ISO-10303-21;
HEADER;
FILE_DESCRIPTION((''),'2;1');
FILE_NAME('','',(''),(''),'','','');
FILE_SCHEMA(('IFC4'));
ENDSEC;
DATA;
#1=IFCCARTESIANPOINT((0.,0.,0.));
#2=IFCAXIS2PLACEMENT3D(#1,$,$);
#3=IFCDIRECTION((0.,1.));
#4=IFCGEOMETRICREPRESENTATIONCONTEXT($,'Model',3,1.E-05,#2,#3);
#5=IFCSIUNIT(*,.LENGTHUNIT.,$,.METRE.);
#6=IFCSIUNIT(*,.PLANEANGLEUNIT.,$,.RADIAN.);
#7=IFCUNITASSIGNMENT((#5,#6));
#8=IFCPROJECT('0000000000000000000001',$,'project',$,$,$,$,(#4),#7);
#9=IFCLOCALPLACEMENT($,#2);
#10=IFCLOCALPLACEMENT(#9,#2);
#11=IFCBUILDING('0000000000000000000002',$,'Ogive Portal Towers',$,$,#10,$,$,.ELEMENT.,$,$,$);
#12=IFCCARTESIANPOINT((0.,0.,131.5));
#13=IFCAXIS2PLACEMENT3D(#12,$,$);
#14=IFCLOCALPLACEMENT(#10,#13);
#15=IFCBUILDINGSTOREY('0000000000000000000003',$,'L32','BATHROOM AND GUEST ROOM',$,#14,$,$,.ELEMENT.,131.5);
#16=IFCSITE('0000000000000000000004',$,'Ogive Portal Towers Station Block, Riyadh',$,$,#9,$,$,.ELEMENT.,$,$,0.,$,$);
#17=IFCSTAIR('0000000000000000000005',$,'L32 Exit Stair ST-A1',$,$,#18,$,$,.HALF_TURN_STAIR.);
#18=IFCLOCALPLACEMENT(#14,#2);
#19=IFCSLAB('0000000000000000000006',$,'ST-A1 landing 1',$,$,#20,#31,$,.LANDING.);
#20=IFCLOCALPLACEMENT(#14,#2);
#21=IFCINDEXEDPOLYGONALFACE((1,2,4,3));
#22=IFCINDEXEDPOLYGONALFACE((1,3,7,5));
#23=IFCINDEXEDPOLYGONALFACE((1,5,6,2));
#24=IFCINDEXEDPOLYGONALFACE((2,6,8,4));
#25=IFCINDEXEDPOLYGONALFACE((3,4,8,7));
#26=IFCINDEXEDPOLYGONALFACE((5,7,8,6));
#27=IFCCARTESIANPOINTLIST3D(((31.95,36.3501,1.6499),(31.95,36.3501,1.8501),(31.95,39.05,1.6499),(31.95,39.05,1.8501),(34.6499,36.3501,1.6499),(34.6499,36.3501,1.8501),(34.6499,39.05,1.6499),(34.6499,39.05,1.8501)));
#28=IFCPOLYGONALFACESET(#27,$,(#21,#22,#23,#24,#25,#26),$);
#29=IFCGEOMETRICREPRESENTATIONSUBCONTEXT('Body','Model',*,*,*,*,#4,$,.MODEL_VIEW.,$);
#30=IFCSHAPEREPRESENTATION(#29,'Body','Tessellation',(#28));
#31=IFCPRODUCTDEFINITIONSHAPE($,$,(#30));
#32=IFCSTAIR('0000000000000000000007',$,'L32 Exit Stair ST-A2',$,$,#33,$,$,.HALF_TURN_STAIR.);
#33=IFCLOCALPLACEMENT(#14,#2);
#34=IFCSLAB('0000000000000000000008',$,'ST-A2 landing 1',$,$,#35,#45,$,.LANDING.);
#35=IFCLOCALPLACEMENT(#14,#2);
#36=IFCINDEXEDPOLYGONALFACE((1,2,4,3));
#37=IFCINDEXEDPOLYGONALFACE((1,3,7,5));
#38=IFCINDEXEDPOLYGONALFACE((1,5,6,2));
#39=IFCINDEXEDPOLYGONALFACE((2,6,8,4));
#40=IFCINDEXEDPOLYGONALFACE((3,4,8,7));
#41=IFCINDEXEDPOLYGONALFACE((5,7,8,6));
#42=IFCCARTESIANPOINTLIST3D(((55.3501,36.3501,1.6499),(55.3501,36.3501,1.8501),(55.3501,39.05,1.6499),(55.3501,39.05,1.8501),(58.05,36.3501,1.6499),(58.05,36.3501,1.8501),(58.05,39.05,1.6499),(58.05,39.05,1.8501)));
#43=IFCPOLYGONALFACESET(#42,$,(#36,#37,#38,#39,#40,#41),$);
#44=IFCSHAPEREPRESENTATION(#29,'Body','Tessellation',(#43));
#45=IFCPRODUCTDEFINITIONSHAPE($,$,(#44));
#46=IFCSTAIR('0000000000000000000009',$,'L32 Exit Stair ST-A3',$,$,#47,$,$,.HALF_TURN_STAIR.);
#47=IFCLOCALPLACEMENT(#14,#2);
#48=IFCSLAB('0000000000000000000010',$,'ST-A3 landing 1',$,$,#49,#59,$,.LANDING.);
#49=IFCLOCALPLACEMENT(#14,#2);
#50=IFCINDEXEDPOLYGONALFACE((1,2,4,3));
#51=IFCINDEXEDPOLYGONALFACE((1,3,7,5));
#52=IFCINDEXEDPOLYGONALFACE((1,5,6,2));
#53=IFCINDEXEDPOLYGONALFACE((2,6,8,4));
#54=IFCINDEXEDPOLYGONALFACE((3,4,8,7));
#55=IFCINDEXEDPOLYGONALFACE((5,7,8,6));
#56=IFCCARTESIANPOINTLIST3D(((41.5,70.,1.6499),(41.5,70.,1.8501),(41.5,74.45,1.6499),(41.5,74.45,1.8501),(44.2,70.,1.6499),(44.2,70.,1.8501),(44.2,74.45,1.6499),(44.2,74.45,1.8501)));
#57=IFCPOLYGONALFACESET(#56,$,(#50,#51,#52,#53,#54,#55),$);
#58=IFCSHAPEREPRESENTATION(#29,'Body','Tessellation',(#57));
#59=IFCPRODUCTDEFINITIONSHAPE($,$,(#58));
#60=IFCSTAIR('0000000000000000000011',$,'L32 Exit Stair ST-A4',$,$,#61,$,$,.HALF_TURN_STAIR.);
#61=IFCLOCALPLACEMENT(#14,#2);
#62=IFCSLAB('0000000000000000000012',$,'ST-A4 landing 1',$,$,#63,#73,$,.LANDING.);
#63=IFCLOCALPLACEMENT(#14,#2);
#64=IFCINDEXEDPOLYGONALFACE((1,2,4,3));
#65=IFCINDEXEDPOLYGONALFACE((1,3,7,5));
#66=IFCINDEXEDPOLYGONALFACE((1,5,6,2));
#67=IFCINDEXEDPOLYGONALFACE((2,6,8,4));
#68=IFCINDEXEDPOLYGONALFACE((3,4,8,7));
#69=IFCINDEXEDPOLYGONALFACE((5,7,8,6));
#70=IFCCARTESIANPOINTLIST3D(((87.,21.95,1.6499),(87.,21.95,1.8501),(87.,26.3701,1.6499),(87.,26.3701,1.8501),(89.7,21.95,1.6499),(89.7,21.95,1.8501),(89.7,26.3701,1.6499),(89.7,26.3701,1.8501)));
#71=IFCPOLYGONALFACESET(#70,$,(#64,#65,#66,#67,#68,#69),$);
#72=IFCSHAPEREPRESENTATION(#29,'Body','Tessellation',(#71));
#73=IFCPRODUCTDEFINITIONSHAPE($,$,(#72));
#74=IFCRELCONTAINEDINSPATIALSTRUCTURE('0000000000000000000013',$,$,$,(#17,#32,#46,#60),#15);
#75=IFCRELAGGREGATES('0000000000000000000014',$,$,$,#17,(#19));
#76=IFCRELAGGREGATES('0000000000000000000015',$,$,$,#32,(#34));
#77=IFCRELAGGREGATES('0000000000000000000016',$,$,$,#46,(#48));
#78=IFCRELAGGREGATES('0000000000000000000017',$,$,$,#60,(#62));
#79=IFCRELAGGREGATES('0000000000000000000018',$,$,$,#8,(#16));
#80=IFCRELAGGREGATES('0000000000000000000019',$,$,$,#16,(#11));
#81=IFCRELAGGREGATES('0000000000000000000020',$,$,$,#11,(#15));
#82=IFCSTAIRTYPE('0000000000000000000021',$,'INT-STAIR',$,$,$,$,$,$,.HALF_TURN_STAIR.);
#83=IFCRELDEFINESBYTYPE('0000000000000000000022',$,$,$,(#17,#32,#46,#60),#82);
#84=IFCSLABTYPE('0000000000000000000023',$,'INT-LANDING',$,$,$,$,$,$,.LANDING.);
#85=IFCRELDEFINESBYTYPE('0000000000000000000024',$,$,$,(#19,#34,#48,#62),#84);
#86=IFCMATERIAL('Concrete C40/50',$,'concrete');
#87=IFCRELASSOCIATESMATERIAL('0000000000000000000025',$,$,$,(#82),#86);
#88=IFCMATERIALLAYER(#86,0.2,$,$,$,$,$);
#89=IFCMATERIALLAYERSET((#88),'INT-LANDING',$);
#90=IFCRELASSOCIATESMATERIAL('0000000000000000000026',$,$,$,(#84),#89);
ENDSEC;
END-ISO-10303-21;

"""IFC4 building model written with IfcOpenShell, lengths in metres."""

from ifc_helpers import new_model, si_unit, direction, frame, origin, place, context, subcontext, project, spatial, polyline, outline, extrude, material, layer, layer_set, type_object, element, aggregate, save


model = new_model("IFC4")

# Units and contexts
model_context = context("Model", 3, precision=1e-05, world=origin(), true_north=direction((0.0, 1.0)))
body_context = subcontext(model_context, "Body", "Model", "MODEL_VIEW")
ifc_project = project(units=[si_unit("LENGTHUNIT", "METRE"), si_unit("PLANEANGLEUNIT", "RADIAN")], contexts=[model_context])

# Site, building, storey
site_placement = place(None, origin())
site = spatial("IfcSite", under=ifc_project, at=site_placement, Name="Ogive Portal Towers Station Block, Riyadh", CompositionType="ELEMENT", RefElevation=0.0)
building_placement = place(site_placement, origin())
building = spatial("IfcBuilding", under=site, at=building_placement, Name="Ogive Portal Towers", CompositionType="ELEMENT")
storey_placement = place(building_placement, frame((0.0, 0.0, 131.5)))
storey = spatial("IfcBuildingStorey", under=building, at=storey_placement, Name="L32", Description="BATHROOM AND GUEST ROOM", CompositionType="ELEMENT", Elevation=131.5)

# Stairs, slabs
ifc_material_1 = material(Name="Concrete C40/50", Category="concrete")
stair_type = type_object("IfcStairType", Name="INT-STAIR", PredefinedType="HALF_TURN_STAIR", material=ifc_material_1)
stair_1_placement = place(storey_placement, origin())
stair_1 = element("IfcStair", 1, at=stair_1_placement, inside=storey, type_object=stair_type, Name="L32 Exit Stair ST-A1", PredefinedType="HALF_TURN_STAIR")
ifc_layer_1 = layer(ifc_material_1, 0.2)
ifc_layer_set_1 = layer_set([ifc_layer_1], Name="INT-LANDING")
slab_type_1 = type_object("IfcSlabType", Name="INT-LANDING", PredefinedType="LANDING", material=ifc_layer_set_1)
slab_1_placement = place(storey_placement, frame((0.0, 0.0, 1.6499)))
slab_1 = element("IfcSlab", 2, at=slab_1_placement, type_object=slab_type_1, Name="ST-A1 landing 1", PredefinedType="LANDING", context=body_context, shape_type="SweptSolid", body=[
    extrude(outline(polyline([(34.6499, 39.05), (31.95, 39.05), (31.95, 36.3501), (34.6499, 36.3501), (34.6499, 39.05)])), origin(), (0.0, 0.0, 1.0), 0.2002),
])
aggregate(stair_1, [slab_1])
stair_2_placement = place(storey_placement, origin())
stair_2 = element("IfcStair", 3, at=stair_2_placement, inside=storey, type_object=stair_type, Name="L32 Exit Stair ST-A2", PredefinedType="HALF_TURN_STAIR")
slab_2_placement = place(storey_placement, frame((0.0, 0.0, 1.6499)))
slab_2 = element("IfcSlab", 4, at=slab_2_placement, type_object=slab_type_1, Name="ST-A2 landing 1", PredefinedType="LANDING", context=body_context, shape_type="SweptSolid", body=[
    extrude(outline(polyline([(55.3501, 36.3501), (58.05, 36.3501), (58.05, 39.05), (55.3501, 39.05), (55.3501, 36.3501)])), origin(), (0.0, 0.0, 1.0), 0.2002),
])
aggregate(stair_2, [slab_2])
stair_3_placement = place(storey_placement, origin())
stair_3 = element("IfcStair", 5, at=stair_3_placement, inside=storey, type_object=stair_type, Name="L32 Exit Stair ST-A3", PredefinedType="HALF_TURN_STAIR")
slab_3_placement = place(storey_placement, frame((0.0, 0.0, 1.6499)))
slab_3 = element("IfcSlab", 6, at=slab_3_placement, type_object=slab_type_1, Name="ST-A3 landing 1", PredefinedType="LANDING", context=body_context, shape_type="SweptSolid", body=[
    extrude(outline(polyline([(44.2, 70.0), (44.2, 74.45), (41.5, 74.45), (41.5, 70.0), (44.2, 70.0)])), origin(), (0.0, 0.0, 1.0), 0.2002),
])
aggregate(stair_3, [slab_3])
stair_4_placement = place(storey_placement, origin())
stair_4 = element("IfcStair", 7, at=stair_4_placement, inside=storey, type_object=stair_type, Name="L32 Exit Stair ST-A4", PredefinedType="HALF_TURN_STAIR")
slab_4_placement = place(storey_placement, frame((0.0, 0.0, 1.6499)))
slab_4 = element("IfcSlab", 8, at=slab_4_placement, type_object=slab_type_1, Name="ST-A4 landing 1", PredefinedType="LANDING", context=body_context, shape_type="SweptSolid", body=[
    extrude(outline(polyline([(87.0, 26.3701), (87.0, 21.95), (89.7, 21.95), (89.7, 26.3701), (87.0, 26.3701)])), origin(), (0.0, 0.0, 1.0), 0.2002),
])
aggregate(stair_4, [slab_4])

save(model, "model.ifc")
